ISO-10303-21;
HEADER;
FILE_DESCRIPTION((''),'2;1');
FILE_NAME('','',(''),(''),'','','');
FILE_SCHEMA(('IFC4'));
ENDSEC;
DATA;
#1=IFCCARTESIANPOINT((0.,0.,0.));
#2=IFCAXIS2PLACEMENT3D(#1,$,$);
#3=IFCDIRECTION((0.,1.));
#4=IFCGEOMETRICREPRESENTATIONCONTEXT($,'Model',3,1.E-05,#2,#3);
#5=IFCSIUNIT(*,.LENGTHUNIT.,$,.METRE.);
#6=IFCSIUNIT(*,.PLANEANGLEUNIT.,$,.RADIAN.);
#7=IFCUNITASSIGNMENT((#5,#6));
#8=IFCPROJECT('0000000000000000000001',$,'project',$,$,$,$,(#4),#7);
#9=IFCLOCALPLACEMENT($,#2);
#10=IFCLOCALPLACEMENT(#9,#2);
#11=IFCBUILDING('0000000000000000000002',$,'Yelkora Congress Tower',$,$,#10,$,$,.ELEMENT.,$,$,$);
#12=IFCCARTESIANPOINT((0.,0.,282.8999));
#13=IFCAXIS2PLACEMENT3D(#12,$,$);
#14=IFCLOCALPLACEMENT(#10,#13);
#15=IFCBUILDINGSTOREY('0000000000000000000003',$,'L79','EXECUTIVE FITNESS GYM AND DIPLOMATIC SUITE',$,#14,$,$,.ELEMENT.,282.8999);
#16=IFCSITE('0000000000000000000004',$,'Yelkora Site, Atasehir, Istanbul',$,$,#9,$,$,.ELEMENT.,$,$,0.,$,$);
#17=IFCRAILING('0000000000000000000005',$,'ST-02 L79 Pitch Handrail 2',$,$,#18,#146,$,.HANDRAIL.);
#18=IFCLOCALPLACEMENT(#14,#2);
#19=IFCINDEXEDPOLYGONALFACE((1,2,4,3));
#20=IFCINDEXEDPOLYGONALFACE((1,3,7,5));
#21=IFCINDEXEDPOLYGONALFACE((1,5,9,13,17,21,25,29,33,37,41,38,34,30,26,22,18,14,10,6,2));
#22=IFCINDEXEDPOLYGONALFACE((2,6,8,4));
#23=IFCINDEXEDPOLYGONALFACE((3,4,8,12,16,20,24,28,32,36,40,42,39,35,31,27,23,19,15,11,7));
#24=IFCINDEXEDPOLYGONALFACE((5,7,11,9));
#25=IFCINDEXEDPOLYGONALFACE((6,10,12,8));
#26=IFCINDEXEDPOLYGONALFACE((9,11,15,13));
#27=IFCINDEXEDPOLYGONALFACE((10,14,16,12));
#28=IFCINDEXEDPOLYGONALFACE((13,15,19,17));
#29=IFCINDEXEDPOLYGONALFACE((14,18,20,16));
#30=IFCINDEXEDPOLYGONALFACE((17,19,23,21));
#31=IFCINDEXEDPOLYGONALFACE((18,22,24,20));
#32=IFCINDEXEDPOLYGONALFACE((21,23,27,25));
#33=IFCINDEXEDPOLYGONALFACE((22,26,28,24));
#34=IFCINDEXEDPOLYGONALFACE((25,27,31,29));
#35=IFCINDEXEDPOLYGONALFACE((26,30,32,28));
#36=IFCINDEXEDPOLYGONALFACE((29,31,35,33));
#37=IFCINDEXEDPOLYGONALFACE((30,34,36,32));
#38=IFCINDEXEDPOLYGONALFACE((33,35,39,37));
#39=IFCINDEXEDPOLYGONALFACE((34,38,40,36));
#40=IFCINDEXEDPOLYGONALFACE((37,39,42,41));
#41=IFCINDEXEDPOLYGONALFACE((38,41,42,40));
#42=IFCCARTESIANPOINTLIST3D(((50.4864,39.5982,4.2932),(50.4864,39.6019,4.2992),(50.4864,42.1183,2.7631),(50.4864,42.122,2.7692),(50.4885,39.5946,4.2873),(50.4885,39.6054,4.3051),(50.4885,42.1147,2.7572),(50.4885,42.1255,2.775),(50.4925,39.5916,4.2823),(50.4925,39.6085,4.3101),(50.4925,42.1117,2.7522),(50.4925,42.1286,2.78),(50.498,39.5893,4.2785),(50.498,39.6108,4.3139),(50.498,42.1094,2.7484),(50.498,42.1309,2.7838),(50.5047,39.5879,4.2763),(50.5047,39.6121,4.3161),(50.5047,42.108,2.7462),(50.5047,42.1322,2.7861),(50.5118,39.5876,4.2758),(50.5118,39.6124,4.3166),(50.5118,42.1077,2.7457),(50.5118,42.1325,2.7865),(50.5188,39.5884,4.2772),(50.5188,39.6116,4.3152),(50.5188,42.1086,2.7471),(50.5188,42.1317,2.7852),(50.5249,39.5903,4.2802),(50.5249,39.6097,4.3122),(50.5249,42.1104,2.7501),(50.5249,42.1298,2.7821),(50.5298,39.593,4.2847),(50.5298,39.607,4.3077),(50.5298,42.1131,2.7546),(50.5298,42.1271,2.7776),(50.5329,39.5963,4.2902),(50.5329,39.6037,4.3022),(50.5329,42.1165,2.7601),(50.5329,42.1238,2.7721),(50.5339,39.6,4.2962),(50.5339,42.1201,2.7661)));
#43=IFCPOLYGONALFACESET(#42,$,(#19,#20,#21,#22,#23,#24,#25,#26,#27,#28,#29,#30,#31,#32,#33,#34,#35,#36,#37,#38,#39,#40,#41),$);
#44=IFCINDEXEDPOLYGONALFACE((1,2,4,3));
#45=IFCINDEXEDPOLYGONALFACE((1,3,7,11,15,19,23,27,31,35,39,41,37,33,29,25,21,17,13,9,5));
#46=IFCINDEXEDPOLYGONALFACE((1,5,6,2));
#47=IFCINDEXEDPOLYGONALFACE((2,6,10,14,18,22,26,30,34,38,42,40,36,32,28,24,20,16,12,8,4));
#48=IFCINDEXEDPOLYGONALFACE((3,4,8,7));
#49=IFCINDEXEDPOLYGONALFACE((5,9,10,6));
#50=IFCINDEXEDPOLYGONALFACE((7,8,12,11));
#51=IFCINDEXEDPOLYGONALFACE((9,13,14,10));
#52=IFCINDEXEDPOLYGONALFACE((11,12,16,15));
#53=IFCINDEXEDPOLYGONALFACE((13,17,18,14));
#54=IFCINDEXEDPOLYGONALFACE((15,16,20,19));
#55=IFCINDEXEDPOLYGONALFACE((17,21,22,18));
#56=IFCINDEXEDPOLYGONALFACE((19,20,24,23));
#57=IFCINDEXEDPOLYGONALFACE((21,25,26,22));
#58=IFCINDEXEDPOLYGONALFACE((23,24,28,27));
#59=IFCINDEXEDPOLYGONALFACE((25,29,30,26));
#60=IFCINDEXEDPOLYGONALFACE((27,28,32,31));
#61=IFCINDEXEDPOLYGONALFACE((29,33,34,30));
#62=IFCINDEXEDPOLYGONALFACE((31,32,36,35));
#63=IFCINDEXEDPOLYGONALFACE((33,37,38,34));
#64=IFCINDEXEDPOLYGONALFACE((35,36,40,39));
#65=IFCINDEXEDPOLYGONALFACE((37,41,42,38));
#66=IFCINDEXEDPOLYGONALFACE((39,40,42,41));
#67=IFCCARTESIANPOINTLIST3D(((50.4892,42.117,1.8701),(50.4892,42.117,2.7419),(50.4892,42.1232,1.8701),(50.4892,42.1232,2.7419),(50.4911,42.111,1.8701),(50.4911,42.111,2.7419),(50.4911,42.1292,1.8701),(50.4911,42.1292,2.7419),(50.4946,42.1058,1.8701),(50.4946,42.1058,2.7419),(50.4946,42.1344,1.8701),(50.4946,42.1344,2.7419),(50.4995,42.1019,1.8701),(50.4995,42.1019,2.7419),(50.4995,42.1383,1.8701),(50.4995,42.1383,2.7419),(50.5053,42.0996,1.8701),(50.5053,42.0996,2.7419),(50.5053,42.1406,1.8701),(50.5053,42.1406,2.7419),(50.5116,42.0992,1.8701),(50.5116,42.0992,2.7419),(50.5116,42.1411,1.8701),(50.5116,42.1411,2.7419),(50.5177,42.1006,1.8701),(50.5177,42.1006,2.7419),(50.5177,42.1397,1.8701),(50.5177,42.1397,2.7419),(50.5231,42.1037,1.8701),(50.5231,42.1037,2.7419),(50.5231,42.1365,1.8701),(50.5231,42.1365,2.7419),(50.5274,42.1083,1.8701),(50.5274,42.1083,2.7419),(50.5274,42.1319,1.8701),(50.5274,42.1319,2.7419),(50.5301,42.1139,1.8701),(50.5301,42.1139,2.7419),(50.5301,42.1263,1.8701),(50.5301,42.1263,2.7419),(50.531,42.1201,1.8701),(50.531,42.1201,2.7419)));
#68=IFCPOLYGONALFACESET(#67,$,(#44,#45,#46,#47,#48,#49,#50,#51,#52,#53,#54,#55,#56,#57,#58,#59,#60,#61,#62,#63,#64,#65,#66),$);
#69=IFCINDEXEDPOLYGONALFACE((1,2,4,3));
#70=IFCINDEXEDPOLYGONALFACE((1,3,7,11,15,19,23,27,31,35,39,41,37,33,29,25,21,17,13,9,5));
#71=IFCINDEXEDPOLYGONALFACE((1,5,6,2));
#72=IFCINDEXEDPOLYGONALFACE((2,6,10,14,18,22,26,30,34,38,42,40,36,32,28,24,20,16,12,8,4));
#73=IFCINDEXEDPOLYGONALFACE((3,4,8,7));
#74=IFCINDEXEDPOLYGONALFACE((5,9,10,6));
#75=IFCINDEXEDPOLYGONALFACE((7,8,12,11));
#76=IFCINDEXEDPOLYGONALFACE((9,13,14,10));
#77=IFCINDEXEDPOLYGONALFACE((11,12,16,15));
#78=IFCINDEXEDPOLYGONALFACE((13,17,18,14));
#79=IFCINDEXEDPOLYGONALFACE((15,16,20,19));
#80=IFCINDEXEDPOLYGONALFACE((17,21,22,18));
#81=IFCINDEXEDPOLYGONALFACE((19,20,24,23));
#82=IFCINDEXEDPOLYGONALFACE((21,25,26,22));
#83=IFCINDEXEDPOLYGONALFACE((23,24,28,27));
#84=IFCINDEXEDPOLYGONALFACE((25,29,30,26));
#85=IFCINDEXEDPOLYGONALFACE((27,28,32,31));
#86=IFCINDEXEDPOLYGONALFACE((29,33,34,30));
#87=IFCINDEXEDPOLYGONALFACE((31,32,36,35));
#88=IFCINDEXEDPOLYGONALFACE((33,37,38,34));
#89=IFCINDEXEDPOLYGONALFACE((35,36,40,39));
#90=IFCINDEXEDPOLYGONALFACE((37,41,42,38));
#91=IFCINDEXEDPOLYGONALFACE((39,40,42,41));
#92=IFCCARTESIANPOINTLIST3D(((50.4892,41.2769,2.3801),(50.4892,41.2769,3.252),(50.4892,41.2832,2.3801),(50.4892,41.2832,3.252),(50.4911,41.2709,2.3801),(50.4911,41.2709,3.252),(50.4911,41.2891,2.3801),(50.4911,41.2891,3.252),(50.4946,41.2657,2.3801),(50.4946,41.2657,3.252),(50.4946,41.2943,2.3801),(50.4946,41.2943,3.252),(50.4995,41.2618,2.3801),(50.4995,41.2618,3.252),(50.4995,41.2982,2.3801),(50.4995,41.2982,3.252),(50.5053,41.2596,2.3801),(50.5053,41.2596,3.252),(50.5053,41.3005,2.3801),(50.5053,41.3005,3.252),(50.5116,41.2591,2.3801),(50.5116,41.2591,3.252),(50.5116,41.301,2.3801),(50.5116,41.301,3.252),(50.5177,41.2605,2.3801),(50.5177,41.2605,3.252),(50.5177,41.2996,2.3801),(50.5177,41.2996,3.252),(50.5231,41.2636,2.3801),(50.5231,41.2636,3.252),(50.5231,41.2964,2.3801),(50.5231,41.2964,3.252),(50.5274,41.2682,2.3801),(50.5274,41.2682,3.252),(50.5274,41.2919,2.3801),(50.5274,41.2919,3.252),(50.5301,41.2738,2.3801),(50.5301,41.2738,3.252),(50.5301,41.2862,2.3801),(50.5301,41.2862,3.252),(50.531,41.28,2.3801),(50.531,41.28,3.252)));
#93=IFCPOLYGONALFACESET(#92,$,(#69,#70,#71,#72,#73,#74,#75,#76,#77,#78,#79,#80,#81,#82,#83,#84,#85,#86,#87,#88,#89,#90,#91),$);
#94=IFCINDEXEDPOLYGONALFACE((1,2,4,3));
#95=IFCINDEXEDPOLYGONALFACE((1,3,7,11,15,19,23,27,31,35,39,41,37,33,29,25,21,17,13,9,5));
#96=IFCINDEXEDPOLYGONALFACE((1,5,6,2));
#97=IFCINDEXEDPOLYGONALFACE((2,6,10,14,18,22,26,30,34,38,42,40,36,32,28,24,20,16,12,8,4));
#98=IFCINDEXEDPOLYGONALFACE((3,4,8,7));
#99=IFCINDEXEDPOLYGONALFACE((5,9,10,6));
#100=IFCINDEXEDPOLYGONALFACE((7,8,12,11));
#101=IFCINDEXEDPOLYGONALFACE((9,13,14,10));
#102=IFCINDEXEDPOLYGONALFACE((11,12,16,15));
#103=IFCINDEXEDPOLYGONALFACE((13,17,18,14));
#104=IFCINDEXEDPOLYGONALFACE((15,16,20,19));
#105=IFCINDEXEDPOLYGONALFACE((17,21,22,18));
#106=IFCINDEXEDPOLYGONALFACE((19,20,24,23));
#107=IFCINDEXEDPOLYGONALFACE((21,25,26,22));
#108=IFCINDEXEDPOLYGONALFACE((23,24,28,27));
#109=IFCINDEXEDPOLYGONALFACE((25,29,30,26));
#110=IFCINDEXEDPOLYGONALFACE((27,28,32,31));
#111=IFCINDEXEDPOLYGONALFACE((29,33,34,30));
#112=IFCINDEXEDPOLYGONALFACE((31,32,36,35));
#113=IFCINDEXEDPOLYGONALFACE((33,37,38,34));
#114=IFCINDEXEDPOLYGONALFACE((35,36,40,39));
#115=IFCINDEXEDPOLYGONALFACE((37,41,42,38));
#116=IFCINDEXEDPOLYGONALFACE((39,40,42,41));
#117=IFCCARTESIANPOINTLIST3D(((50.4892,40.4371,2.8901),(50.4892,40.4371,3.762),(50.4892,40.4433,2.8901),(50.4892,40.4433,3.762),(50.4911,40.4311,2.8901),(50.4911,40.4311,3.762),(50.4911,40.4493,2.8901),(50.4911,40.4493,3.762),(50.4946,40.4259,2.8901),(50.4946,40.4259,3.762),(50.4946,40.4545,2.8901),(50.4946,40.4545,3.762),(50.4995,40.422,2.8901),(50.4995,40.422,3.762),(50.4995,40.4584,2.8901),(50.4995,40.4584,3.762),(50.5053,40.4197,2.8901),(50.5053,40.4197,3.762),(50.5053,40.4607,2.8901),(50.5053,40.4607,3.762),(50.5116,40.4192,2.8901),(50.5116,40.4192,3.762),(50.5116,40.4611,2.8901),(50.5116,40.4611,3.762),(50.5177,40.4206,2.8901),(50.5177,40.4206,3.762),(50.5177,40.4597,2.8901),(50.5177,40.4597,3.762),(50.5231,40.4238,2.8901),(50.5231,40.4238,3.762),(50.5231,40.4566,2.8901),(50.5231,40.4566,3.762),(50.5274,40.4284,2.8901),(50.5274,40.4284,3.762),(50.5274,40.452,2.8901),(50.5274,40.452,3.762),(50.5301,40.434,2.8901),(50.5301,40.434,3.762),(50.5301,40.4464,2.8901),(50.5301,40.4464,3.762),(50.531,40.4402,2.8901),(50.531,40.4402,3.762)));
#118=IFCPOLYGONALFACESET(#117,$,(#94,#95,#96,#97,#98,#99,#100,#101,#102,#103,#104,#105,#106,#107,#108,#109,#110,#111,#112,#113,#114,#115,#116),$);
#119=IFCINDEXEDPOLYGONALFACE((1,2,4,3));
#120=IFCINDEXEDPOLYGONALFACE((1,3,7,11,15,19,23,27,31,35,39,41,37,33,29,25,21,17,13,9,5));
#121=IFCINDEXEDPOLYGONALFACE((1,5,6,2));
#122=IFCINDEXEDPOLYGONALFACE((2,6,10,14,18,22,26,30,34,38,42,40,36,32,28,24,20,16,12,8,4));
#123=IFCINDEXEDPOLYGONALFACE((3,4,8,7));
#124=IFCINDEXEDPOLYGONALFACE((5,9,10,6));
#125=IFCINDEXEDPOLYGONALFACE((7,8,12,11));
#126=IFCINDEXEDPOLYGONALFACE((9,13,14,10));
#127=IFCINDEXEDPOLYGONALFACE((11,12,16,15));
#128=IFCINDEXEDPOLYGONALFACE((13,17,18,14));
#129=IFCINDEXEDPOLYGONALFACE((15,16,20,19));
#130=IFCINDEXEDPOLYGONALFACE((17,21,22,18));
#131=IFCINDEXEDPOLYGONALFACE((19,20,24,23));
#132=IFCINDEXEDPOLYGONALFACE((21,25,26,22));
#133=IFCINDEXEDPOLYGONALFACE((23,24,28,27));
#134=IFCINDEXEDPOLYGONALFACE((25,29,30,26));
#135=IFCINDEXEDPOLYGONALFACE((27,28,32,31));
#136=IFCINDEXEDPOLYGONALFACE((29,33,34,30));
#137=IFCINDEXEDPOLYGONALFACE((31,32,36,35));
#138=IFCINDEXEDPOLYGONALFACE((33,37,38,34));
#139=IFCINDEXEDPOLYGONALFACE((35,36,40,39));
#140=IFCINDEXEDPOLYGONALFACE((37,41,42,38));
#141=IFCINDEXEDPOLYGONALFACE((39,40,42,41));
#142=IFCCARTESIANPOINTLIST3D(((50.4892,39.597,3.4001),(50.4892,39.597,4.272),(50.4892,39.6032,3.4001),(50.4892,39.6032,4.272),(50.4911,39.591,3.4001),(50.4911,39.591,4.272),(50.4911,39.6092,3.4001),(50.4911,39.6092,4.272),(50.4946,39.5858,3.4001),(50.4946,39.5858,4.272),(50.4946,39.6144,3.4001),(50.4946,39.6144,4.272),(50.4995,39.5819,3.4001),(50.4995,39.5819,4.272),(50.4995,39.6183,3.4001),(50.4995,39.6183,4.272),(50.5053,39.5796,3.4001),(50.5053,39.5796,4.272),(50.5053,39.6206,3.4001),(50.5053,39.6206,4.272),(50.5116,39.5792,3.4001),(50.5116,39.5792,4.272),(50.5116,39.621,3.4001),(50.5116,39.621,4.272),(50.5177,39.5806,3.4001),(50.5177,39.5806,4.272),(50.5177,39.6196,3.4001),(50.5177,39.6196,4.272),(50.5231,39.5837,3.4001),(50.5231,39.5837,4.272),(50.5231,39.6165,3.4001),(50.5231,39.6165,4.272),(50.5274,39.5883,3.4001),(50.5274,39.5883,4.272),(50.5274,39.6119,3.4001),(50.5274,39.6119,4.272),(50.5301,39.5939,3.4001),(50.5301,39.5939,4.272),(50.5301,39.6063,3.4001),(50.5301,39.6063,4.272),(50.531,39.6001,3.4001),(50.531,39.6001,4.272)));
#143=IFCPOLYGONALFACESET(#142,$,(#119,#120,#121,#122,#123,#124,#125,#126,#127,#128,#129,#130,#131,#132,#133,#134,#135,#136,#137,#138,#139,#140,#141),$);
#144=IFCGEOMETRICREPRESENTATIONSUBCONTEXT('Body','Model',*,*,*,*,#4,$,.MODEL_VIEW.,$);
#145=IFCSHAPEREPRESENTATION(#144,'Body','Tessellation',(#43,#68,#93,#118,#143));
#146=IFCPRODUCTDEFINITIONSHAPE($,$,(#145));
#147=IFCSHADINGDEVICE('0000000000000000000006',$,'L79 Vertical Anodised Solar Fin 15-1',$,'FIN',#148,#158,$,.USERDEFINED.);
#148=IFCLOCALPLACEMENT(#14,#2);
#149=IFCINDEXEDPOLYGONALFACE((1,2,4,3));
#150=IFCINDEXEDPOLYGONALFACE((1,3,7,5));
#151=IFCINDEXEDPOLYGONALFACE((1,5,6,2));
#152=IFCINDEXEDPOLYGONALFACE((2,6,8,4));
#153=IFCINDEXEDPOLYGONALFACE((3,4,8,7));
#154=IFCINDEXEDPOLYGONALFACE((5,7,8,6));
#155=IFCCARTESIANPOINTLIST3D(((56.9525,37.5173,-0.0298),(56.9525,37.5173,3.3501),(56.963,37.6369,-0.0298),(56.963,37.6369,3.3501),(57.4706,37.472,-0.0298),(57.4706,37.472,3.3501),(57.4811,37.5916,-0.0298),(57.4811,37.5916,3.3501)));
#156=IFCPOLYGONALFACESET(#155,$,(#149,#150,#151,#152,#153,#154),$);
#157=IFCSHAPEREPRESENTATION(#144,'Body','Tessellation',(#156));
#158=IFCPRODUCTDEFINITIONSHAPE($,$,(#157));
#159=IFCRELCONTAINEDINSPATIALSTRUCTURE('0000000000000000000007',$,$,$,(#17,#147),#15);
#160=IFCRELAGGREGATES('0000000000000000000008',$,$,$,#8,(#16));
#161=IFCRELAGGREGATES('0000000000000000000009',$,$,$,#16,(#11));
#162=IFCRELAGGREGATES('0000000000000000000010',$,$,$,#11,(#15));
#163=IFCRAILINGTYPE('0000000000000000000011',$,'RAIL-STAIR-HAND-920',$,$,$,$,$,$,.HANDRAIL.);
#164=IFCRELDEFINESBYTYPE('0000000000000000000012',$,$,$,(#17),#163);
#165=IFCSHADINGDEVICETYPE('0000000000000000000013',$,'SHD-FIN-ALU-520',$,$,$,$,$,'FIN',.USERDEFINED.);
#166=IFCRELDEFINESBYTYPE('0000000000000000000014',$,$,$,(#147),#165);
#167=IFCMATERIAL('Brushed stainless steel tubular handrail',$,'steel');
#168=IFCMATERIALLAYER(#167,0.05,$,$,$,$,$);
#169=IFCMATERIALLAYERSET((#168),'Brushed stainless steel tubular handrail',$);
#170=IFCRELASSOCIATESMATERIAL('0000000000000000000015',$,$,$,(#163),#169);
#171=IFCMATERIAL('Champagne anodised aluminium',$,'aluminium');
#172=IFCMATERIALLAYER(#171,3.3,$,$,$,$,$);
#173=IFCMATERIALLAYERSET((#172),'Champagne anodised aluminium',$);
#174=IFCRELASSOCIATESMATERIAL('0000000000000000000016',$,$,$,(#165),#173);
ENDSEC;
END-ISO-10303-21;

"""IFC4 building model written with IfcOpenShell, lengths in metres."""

from ifc_helpers import new_model, si_unit, direction, frame, origin, origin_2d, place, context, subcontext, project, spatial, rectangle, circle, extrude, material, layer, layer_set, type_object, element, save


model = new_model("IFC4")

# Units and contexts
model_context = context("Model", 3, precision=1e-05, world=origin(), true_north=direction((0.0, 1.0)))
body_context = subcontext(model_context, "Body", "Model", "MODEL_VIEW")
ifc_project = project(units=[si_unit("LENGTHUNIT", "METRE"), si_unit("PLANEANGLEUNIT", "RADIAN")], contexts=[model_context])

# Site, building, storey
site_placement = place(None, origin())
site = spatial("IfcSite", under=ifc_project, at=site_placement, Name="Yelkora Site, Atasehir, Istanbul", CompositionType="ELEMENT", RefElevation=0.0)
building_placement = place(site_placement, origin())
building = spatial("IfcBuilding", under=site, at=building_placement, Name="Yelkora Congress Tower", CompositionType="ELEMENT")
storey_placement = place(building_placement, frame((0.0, 0.0, 282.8999)))
storey = spatial("IfcBuildingStorey", under=building, at=storey_placement, Name="L79", Description="EXECUTIVE FITNESS GYM AND DIPLOMATIC SUITE", CompositionType="ELEMENT", Elevation=282.8999)

# Railing
ifc_material_1 = material(Name="Brushed stainless steel tubular handrail", Category="steel")
ifc_layer_1 = layer(ifc_material_1, 0.05)
ifc_layer_set_1 = layer_set([ifc_layer_1], Name="Brushed stainless steel tubular handrail")
railing_type_1 = type_object("IfcRailingType", Name="RAIL-STAIR-HAND-920", PredefinedType="HANDRAIL", material=ifc_layer_set_1)
railing_1_placement = place(storey_placement, frame((50.51, 42.1201, 1.8701)))
element("IfcRailing", 1, at=railing_1_placement, inside=storey, type_object=railing_type_1, Name="ST-02 L79 Pitch Handrail 2", PredefinedType="HANDRAIL", context=body_context, shape_type="SweptSolid", body=[
    extrude(circle(Radius=0.0239, at=origin_2d()), frame((0.0, 0.0, 0.896), z_axis=(0.0, -0.854785, 0.518982), x_axis=(1.0, 0.0, 0.0)), (0.0, 0.0, 1.0), 2.9482),
    extrude(circle(Radius=0.021, at=origin_2d()), origin(), (0.0, 0.0, 1.0), 0.8718),
    extrude(circle(Radius=0.021, at=origin_2d()), frame((0.0, -0.8401, 0.51)), (0.0, 0.0, 1.0), 0.8718),
    extrude(circle(Radius=0.021, at=origin_2d()), frame((0.0, -1.6799, 1.02)), (0.0, 0.0, 1.0), 0.8718),
    extrude(circle(Radius=0.021, at=origin_2d()), frame((0.0, -2.52, 1.53)), (0.0, 0.0, 1.0), 0.8718),
])

# Shading device
ifc_material_2 = material(Name="Champagne anodised aluminium", Category="aluminium")
ifc_layer_2 = layer(ifc_material_2, 3.3)
ifc_layer_set_2 = layer_set([ifc_layer_2], Name="Champagne anodised aluminium")
shading_device_type = type_object("IfcShadingDeviceType", Name="SHD-FIN-ALU-520", ElementType="FIN", PredefinedType="USERDEFINED", material=ifc_layer_set_2)
shading_device_placement = place(storey_placement, frame((57.2168, 37.5544, -0.0298), z_axis=(0.0, 0.0, 1.0), x_axis=(-0.087156, -0.996195, 0.0)))
element("IfcShadingDevice", 2, at=shading_device_placement, inside=storey, type_object=shading_device_type, Name="L79 Vertical Anodised Solar Fin 15-1", ObjectType="FIN", PredefinedType="USERDEFINED", context=body_context, shape_type="SweptSolid", body=[
    extrude(rectangle(XDim=0.1201, YDim=0.52, at=origin_2d()), origin(), (0.0, 0.0, 1.0), 3.3799),
])

save(model, "model.ifc")
